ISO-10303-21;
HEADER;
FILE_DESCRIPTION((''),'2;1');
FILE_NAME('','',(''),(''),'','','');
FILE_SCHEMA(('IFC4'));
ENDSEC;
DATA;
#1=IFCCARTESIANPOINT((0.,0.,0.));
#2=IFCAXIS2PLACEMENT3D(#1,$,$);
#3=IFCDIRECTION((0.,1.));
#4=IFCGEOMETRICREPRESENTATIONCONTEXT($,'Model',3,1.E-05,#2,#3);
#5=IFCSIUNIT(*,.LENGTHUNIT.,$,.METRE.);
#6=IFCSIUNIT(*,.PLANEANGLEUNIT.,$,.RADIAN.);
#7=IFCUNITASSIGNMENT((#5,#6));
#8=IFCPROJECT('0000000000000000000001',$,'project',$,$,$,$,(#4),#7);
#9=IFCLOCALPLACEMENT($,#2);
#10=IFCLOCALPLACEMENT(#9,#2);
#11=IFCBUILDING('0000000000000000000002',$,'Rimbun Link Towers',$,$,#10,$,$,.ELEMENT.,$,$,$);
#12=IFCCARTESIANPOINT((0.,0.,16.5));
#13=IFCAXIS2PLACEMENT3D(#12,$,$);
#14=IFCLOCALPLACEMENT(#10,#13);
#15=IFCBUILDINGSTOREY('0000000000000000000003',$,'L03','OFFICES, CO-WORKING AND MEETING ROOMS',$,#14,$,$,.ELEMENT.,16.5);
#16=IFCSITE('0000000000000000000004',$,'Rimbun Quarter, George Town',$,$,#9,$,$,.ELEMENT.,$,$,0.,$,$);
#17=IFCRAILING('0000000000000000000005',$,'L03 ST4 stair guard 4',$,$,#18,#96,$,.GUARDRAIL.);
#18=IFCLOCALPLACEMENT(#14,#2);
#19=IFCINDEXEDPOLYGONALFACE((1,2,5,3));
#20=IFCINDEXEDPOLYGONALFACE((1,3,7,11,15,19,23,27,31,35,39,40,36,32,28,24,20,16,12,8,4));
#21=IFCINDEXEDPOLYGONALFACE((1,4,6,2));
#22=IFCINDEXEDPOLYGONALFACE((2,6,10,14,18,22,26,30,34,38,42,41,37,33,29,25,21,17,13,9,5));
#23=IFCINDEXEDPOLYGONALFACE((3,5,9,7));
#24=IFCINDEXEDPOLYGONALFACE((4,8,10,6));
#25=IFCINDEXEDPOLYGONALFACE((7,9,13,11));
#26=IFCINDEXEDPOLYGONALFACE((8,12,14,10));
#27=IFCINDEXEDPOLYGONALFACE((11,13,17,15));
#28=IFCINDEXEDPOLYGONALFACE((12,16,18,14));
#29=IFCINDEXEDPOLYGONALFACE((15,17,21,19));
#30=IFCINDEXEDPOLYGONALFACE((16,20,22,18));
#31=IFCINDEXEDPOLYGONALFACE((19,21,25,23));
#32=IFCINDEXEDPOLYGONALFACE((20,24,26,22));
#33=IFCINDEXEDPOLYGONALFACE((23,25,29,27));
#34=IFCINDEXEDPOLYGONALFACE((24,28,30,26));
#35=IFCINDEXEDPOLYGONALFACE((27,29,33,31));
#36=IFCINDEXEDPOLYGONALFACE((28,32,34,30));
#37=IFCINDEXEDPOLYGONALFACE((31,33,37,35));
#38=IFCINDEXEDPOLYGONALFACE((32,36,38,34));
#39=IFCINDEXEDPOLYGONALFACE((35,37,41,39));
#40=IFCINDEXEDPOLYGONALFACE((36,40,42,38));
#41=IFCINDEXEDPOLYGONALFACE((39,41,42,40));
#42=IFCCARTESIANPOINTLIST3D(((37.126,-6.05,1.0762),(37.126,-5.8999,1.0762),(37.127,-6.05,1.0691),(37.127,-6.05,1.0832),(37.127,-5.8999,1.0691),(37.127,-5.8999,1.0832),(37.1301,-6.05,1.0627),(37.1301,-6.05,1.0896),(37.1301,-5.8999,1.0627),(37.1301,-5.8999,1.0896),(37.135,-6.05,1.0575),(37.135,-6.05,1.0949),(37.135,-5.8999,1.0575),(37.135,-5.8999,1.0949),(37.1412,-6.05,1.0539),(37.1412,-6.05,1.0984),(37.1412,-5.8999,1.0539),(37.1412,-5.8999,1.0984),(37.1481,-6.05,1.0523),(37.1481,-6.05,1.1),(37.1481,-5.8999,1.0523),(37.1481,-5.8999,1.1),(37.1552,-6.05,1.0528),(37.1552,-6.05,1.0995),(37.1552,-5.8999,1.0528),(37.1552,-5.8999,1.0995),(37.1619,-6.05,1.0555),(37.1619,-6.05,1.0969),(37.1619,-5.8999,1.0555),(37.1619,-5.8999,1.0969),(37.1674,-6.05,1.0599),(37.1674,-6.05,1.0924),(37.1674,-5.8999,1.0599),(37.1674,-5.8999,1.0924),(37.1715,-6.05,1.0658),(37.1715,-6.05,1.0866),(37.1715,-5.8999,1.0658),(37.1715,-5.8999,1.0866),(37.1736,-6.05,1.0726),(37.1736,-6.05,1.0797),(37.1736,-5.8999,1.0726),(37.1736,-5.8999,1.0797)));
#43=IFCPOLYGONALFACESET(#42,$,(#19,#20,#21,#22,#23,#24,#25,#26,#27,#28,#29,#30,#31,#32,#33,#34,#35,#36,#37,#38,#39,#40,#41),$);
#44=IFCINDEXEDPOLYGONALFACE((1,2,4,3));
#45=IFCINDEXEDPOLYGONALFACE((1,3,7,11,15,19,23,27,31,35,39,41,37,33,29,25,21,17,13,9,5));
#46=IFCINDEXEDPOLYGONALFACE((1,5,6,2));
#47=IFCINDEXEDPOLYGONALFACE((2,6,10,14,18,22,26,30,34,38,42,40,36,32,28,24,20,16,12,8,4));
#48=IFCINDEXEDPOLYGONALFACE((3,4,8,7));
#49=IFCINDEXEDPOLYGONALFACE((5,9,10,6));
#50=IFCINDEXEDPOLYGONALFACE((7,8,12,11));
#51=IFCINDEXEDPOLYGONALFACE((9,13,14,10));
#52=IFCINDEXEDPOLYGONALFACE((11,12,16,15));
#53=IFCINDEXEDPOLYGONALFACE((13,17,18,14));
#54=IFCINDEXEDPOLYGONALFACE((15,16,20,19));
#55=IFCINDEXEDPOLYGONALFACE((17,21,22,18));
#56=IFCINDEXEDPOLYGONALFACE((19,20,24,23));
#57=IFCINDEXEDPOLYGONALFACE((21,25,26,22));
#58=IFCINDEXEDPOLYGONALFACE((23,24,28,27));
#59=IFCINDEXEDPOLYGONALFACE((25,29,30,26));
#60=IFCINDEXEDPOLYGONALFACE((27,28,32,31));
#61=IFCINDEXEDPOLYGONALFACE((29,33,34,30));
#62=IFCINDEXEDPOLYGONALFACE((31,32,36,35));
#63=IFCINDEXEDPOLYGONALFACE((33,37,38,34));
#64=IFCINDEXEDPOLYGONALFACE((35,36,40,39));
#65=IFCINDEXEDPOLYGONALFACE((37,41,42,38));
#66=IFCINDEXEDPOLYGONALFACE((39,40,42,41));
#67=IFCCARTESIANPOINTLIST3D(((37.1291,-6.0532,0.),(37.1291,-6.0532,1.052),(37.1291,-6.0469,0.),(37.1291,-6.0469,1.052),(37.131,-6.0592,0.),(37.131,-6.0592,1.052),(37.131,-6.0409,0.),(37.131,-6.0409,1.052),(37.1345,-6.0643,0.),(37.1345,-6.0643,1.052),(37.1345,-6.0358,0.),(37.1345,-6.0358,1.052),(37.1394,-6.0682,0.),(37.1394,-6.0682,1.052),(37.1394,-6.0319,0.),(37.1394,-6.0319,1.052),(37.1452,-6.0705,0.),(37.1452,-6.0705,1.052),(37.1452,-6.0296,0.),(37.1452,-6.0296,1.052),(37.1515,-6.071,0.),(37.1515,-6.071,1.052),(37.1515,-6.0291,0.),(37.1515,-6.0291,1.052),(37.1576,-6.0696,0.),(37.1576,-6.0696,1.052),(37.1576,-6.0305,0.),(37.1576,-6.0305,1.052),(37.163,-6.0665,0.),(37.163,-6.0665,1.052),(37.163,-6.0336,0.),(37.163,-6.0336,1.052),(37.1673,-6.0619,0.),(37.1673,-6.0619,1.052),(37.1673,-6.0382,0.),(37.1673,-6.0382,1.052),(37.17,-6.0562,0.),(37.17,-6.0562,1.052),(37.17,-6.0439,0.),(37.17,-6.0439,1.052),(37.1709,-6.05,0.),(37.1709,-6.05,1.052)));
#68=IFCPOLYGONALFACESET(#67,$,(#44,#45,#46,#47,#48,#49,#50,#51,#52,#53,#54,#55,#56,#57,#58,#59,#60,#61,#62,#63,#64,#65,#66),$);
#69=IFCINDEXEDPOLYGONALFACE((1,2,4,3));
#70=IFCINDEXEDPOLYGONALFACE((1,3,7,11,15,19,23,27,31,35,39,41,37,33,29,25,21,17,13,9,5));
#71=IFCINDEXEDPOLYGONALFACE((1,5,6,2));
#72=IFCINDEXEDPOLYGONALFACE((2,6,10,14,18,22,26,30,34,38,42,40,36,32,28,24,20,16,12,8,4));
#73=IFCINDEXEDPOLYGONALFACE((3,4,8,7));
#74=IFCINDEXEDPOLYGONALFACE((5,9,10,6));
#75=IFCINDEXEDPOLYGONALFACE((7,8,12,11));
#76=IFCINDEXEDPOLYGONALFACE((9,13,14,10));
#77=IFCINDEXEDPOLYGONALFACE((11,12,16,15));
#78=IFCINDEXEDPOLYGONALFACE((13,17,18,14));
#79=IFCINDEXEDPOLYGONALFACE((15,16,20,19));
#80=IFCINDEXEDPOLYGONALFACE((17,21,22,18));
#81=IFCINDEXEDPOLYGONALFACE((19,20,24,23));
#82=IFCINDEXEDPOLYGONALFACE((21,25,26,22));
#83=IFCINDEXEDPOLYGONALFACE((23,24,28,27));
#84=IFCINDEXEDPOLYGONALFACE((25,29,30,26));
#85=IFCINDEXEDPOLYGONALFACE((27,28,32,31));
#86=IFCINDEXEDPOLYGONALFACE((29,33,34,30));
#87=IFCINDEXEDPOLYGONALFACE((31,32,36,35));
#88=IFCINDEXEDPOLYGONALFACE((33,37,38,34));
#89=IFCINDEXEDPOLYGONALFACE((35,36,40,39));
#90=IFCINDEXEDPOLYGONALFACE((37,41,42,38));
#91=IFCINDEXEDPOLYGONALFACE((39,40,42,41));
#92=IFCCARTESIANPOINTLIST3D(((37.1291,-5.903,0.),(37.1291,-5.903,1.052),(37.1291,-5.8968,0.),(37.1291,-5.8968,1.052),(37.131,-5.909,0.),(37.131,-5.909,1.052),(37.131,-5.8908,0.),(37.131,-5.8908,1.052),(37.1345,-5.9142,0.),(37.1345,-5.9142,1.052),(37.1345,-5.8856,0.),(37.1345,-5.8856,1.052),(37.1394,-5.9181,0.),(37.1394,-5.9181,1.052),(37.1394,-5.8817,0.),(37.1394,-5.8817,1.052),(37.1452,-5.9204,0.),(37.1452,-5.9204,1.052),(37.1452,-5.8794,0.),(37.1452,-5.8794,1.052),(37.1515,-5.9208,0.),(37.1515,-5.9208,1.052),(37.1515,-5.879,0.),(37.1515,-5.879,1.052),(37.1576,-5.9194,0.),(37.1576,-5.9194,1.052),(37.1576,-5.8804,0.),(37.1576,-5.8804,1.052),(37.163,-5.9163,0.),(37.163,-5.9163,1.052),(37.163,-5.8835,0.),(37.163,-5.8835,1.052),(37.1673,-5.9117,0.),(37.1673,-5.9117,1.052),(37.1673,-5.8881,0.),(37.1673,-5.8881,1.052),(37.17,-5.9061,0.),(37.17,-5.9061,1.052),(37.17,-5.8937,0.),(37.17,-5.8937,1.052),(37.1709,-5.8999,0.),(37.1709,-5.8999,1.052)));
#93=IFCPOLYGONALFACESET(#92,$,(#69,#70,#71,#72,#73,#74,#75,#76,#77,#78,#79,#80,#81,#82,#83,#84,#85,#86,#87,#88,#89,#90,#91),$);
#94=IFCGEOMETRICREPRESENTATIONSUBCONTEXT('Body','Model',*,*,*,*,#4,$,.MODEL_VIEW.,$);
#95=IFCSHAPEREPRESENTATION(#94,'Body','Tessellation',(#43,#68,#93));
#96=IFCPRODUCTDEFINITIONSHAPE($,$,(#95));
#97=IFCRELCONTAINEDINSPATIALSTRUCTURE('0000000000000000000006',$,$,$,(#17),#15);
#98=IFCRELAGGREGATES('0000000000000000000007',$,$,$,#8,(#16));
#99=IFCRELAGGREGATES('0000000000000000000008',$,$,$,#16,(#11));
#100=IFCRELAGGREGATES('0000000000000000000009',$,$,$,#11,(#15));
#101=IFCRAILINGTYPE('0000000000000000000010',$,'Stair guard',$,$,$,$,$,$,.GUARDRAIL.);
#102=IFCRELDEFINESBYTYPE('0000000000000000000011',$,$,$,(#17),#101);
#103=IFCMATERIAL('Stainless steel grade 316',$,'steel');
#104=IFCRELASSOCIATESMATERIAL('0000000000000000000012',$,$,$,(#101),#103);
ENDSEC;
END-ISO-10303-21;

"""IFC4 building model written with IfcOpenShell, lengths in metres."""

from ifc_helpers import new_model, si_unit, direction, frame, origin, origin_2d, place, context, subcontext, project, spatial, circle, extrude, material, type_object, element, save


model = new_model("IFC4")

# Units and contexts
model_context = context("Model", 3, precision=1e-05, world=origin(), true_north=direction((0.0, 1.0)))
body_context = subcontext(model_context, "Body", "Model", "MODEL_VIEW")
ifc_project = project(units=[si_unit("LENGTHUNIT", "METRE"), si_unit("PLANEANGLEUNIT", "RADIAN")], contexts=[model_context])

# Site, building, storey
site_placement = place(None, origin())
site = spatial("IfcSite", under=ifc_project, at=site_placement, Name="Rimbun Quarter, George Town", CompositionType="ELEMENT", RefElevation=0.0)
building_placement = place(site_placement, origin())
building = spatial("IfcBuilding", under=site, at=building_placement, Name="Rimbun Link Towers", CompositionType="ELEMENT")
storey_placement = place(building_placement, frame((0.0, 0.0, 16.5)))
storey = spatial("IfcBuildingStorey", under=building, at=storey_placement, Name="L03", Description="OFFICES, CO-WORKING AND MEETING ROOMS", CompositionType="ELEMENT", Elevation=16.5)

# Railing
ifc_material_1 = material(Name="Stainless steel grade 316", Category="steel")
railing_type_1 = type_object("IfcRailingType", Name="Stair guard", PredefinedType="GUARDRAIL", material=ifc_material_1)
railing_1_placement = place(storey_placement, frame((37.1499, -6.05, 0.0)))
element("IfcRailing", 1, at=railing_1_placement, inside=storey, type_object=railing_type_1, Name="L03 ST4 stair guard 4", PredefinedType="GUARDRAIL", context=body_context, shape_type="SweptSolid", body=[
    extrude(circle(Radius=0.0239, at=origin_2d()), frame((0.0, 0.0, 1.0762), z_axis=(0.0, 1.0, 0.0), x_axis=(-1.0, 0.0, 0.0)), (0.0, 0.0, 1.0), 0.1501),
    extrude(circle(Radius=0.021, at=origin_2d()), origin(), (0.0, 0.0, 1.0), 1.052),
    extrude(circle(Radius=0.021, at=origin_2d()), frame((0.0, 0.1501, 0.0)), (0.0, 0.0, 1.0), 1.052),
])

save(model, "model.ifc")
